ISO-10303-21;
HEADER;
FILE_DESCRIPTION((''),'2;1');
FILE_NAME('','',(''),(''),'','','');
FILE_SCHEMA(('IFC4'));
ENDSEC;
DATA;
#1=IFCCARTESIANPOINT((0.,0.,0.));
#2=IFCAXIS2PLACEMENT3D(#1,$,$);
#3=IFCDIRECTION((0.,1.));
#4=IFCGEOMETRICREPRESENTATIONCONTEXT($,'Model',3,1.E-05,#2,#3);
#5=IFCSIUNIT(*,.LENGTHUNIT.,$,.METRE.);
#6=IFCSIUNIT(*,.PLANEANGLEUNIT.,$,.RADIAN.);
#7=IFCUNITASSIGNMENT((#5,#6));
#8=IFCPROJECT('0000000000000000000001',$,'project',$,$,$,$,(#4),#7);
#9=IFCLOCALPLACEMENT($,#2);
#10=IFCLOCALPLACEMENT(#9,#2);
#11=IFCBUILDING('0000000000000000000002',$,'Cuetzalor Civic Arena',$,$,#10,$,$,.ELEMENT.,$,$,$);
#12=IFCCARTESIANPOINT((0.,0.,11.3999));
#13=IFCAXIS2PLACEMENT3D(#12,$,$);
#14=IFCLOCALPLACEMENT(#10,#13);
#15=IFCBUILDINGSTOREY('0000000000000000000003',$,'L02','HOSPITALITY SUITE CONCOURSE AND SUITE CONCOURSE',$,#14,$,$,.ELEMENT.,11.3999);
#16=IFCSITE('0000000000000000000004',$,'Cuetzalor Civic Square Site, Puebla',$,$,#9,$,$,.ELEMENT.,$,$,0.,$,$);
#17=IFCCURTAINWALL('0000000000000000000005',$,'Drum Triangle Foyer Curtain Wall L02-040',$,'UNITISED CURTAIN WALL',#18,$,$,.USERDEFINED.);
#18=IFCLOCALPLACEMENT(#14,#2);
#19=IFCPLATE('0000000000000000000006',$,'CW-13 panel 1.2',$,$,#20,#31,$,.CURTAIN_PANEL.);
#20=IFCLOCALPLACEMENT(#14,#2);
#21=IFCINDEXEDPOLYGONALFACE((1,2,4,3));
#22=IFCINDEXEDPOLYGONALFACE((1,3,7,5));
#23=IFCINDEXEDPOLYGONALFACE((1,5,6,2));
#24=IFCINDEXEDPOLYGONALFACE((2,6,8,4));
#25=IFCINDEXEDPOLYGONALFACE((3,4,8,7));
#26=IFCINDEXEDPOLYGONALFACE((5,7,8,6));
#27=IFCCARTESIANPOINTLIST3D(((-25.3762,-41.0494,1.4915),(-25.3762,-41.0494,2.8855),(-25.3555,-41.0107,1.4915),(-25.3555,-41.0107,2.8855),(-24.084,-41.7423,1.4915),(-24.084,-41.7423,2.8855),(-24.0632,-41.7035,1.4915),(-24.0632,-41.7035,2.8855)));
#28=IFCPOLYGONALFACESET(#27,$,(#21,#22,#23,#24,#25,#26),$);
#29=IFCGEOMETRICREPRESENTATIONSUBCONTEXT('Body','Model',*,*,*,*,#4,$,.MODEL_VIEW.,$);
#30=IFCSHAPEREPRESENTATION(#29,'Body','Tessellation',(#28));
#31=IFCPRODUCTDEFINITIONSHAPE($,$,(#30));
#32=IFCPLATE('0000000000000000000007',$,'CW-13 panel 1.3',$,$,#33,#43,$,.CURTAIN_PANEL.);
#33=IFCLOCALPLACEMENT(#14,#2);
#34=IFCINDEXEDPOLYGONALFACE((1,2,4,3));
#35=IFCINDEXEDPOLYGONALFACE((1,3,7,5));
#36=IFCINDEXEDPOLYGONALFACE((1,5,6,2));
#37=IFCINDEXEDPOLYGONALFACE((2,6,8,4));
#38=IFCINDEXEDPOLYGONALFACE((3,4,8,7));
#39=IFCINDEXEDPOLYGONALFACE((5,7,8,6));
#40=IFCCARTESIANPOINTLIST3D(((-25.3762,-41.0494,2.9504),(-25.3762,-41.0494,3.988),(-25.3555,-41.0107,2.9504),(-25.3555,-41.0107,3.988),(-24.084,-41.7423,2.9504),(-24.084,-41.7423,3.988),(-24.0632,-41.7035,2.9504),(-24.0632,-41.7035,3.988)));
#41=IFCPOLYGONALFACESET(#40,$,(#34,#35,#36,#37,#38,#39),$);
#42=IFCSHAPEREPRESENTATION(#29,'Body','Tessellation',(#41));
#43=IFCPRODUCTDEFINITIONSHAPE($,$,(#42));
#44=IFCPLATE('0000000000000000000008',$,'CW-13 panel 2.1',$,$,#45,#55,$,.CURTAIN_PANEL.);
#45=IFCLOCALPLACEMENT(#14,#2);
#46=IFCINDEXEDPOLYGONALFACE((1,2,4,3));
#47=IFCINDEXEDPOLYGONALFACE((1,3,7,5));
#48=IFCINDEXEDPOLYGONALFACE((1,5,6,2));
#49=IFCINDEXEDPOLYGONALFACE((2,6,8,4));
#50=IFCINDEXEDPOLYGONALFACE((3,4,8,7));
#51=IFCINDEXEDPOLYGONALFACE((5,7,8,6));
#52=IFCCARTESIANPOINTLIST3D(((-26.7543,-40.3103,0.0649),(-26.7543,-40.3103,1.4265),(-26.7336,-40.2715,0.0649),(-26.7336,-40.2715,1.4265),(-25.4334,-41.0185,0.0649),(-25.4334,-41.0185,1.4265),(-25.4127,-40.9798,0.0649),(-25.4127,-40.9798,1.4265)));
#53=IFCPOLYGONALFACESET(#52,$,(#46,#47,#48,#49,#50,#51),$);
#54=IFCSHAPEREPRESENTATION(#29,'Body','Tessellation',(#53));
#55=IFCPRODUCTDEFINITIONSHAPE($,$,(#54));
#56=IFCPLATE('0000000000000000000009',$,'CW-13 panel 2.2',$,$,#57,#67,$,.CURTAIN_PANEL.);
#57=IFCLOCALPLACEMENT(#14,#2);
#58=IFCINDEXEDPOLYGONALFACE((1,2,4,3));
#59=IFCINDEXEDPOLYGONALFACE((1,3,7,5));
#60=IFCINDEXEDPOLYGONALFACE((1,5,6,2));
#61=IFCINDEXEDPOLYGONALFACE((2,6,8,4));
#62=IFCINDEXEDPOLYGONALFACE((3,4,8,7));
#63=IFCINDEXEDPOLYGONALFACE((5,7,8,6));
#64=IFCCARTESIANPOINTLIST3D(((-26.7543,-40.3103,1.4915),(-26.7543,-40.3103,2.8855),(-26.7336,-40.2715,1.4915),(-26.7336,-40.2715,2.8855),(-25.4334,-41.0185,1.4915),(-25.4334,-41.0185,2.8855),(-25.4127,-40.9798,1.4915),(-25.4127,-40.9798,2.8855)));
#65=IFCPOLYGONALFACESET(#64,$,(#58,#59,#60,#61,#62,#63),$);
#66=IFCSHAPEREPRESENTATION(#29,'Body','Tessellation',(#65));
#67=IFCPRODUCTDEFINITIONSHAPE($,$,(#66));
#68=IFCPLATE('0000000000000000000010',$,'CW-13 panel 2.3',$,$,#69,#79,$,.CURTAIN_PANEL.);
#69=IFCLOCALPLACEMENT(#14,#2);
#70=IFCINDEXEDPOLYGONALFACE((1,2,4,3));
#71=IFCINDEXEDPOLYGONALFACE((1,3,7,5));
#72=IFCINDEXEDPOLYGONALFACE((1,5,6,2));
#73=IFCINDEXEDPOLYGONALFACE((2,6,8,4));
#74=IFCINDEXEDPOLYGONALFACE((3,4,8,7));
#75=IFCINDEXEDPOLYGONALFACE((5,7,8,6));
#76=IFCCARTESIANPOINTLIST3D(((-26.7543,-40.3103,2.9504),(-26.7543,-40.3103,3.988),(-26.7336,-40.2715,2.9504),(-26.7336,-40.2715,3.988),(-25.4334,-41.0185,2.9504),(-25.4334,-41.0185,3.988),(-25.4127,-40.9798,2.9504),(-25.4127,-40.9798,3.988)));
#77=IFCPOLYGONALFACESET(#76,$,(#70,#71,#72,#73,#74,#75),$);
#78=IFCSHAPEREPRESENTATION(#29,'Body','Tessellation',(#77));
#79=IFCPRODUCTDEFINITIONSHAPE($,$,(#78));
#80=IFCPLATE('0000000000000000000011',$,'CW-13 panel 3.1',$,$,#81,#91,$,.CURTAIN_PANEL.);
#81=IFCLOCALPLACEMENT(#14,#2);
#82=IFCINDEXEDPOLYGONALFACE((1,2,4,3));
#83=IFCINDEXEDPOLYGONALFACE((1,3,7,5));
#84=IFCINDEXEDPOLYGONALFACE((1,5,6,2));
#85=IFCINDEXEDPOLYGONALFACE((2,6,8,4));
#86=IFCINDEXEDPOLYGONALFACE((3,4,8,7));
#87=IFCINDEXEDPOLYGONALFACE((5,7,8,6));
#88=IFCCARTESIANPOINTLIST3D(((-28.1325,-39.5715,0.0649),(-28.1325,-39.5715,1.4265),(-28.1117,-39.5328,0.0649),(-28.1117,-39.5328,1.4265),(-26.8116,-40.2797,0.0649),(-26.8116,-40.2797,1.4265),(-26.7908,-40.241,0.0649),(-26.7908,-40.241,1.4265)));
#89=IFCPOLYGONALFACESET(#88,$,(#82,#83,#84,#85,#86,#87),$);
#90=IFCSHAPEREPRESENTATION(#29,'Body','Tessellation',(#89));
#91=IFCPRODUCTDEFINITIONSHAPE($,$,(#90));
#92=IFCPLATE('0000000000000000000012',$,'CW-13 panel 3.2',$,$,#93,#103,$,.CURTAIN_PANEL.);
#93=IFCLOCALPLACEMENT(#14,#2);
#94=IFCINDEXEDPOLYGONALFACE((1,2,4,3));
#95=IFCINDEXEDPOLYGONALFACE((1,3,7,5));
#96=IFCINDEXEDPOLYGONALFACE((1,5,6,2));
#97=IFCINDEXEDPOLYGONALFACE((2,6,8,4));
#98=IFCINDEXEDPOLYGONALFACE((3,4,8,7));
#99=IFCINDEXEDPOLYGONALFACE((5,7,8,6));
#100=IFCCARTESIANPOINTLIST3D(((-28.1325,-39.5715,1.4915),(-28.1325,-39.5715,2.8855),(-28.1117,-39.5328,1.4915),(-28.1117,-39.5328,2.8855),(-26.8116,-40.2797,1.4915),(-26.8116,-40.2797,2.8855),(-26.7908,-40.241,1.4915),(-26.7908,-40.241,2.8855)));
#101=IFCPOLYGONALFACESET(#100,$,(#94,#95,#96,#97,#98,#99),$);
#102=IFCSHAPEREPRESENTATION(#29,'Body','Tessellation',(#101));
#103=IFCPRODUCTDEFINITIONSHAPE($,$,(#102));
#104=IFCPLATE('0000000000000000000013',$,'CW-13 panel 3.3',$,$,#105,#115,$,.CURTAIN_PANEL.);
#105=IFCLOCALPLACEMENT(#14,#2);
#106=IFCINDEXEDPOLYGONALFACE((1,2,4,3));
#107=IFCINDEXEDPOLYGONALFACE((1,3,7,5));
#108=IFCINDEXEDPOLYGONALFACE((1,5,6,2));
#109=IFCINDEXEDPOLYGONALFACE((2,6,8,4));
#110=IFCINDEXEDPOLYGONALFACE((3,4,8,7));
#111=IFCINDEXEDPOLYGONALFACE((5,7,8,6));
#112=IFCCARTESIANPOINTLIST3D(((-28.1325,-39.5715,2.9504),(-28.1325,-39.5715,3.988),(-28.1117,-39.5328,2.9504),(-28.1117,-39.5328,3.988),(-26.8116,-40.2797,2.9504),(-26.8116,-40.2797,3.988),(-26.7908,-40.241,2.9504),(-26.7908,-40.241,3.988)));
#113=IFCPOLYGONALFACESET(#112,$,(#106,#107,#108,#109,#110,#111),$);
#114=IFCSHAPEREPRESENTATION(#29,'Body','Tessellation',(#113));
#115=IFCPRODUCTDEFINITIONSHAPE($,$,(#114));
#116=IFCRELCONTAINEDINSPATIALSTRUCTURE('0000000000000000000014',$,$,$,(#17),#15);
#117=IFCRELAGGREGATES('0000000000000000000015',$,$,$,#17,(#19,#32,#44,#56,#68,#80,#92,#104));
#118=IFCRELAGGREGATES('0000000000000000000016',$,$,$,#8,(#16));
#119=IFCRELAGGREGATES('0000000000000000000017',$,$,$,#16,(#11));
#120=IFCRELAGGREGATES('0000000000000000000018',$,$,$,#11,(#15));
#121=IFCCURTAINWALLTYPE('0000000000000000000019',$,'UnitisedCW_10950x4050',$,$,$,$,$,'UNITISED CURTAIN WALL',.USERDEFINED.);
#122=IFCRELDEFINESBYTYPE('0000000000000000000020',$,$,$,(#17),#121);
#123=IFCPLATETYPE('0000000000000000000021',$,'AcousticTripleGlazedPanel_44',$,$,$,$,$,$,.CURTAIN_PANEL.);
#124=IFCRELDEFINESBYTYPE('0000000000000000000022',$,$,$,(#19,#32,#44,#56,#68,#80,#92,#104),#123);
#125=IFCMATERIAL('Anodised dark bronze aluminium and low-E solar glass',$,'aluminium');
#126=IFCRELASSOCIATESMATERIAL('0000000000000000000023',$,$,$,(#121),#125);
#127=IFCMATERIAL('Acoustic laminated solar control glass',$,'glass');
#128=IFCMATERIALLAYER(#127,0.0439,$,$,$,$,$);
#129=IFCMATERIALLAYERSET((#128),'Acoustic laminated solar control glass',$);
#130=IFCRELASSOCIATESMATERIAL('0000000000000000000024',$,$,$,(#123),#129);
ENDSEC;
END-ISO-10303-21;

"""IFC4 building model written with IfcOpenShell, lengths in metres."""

from ifc_helpers import new_model, si_unit, direction, frame, origin, origin_2d, place, context, subcontext, project, spatial, rectangle, extrude, material, layer, layer_set, type_object, element, aggregate, save


model = new_model("IFC4")

# Units and contexts
model_context = context("Model", 3, precision=1e-05, world=origin(), true_north=direction((0.0, 1.0)))
body_context = subcontext(model_context, "Body", "Model", "MODEL_VIEW")
ifc_project = project(units=[si_unit("LENGTHUNIT", "METRE"), si_unit("PLANEANGLEUNIT", "RADIAN")], contexts=[model_context])

# Site, building, storey
site_placement = place(None, origin())
site = spatial("IfcSite", under=ifc_project, at=site_placement, Name="Cuetzalor Civic Square Site, Puebla", CompositionType="ELEMENT", RefElevation=0.0)
building_placement = place(site_placement, origin())
building = spatial("IfcBuilding", under=site, at=building_placement, Name="Cuetzalor Civic Arena", CompositionType="ELEMENT")
storey_placement = place(building_placement, frame((0.0, 0.0, 11.3999)))
storey = spatial("IfcBuildingStorey", under=building, at=storey_placement, Name="L02", Description="HOSPITALITY SUITE CONCOURSE AND SUITE CONCOURSE", CompositionType="ELEMENT", Elevation=11.3999)

# Curtain wall, plates
ifc_material_1 = material(Name="Anodised dark bronze aluminium and low-E solar glass", Category="aluminium")
curtain_wall_type = type_object("IfcCurtainWallType", Name="UnitisedCW_10950x4050", ElementType="UNITISED CURTAIN WALL", PredefinedType="USERDEFINED", material=ifc_material_1)
curtain_wall_placement = place(storey_placement, origin())
curtain_wall = element("IfcCurtainWall", 1, at=curtain_wall_placement, inside=storey, type_object=curtain_wall_type, Name="Drum Triangle Foyer Curtain Wall L02-040", ObjectType="UNITISED CURTAIN WALL", PredefinedType="USERDEFINED")
ifc_material_2 = material(Name="Acoustic laminated solar control glass", Category="glass")
ifc_layer = layer(ifc_material_2, 0.0439)
ifc_layer_set = layer_set([ifc_layer], Name="Acoustic laminated solar control glass")
plate_type = type_object("IfcPlateType", Name="AcousticTripleGlazedPanel_44", PredefinedType="CURTAIN_PANEL", material=ifc_layer_set)
plate_1_placement = place(storey_placement, frame((-24.7197, -41.3765, 1.4915), z_axis=(0.0, 0.0, 1.0), x_axis=(-0.881306, 0.472545, 0.0)))
plate_1 = element("IfcPlate", 2, at=plate_1_placement, type_object=plate_type, Name="CW-13 panel 1.2", PredefinedType="CURTAIN_PANEL", context=body_context, shape_type="SweptSolid", body=[
    extrude(rectangle(XDim=1.4663, YDim=0.0439, at=origin_2d()), origin(), (0.0, 0.0, 1.0), 1.394),
])
plate_2_placement = place(storey_placement, frame((-24.7197, -41.3765, 2.9504), z_axis=(0.0, 0.0, 1.0), x_axis=(-0.881306, 0.472545, 0.0)))
plate_2 = element("IfcPlate", 3, at=plate_2_placement, type_object=plate_type, Name="CW-13 panel 1.3", PredefinedType="CURTAIN_PANEL", context=body_context, shape_type="SweptSolid", body=[
    extrude(rectangle(XDim=1.4663, YDim=0.0439, at=origin_2d()), origin(), (0.0, 0.0, 1.0), 1.0376),
])
plate_3_placement = place(storey_placement, frame((-26.0835, -40.645, 0.0649), z_axis=(0.0, 0.0, 1.0), x_axis=(-0.881306, 0.472545, 0.0)))
plate_3 = element("IfcPlate", 4, at=plate_3_placement, type_object=plate_type, Name="CW-13 panel 2.1", PredefinedType="CURTAIN_PANEL", context=body_context, shape_type="SweptSolid", body=[
    extrude(rectangle(XDim=1.4988, YDim=0.0439, at=origin_2d()), origin(), (0.0, 0.0, 1.0), 1.3616),
])
plate_4_placement = place(storey_placement, frame((-26.0835, -40.645, 1.4915), z_axis=(0.0, 0.0, 1.0), x_axis=(-0.881306, 0.472545, 0.0)))
plate_4 = element("IfcPlate", 5, at=plate_4_placement, type_object=plate_type, Name="CW-13 panel 2.2", PredefinedType="CURTAIN_PANEL", context=body_context, shape_type="SweptSolid", body=[
    extrude(rectangle(XDim=1.4988, YDim=0.0439, at=origin_2d()), origin(), (0.0, 0.0, 1.0), 1.394),
])
plate_5_placement = place(storey_placement, frame((-26.0835, -40.645, 2.9504), z_axis=(0.0, 0.0, 1.0), x_axis=(-0.881306, 0.472545, 0.0)))
plate_5 = element("IfcPlate", 6, at=plate_5_placement, type_object=plate_type, Name="CW-13 panel 2.3", PredefinedType="CURTAIN_PANEL", context=body_context, shape_type="SweptSolid", body=[
    extrude(rectangle(XDim=1.4988, YDim=0.0439, at=origin_2d()), origin(), (0.0, 0.0, 1.0), 1.0376),
])
plate_6_placement = place(storey_placement, frame((-27.4617, -39.9062, 0.0649), z_axis=(0.0, 0.0, 1.0), x_axis=(-0.881306, 0.472545, 0.0)))
plate_6 = element("IfcPlate", 7, at=plate_6_placement, type_object=plate_type, Name="CW-13 panel 3.1", PredefinedType="CURTAIN_PANEL", context=body_context, shape_type="SweptSolid", body=[
    extrude(rectangle(XDim=1.4988, YDim=0.0439, at=origin_2d()), origin(), (0.0, 0.0, 1.0), 1.3616),
])
plate_7_placement = place(storey_placement, frame((-27.4617, -39.9062, 1.4915), z_axis=(0.0, 0.0, 1.0), x_axis=(-0.881306, 0.472545, 0.0)))
plate_7 = element("IfcPlate", 8, at=plate_7_placement, type_object=plate_type, Name="CW-13 panel 3.2", PredefinedType="CURTAIN_PANEL", context=body_context, shape_type="SweptSolid", body=[
    extrude(rectangle(XDim=1.4988, YDim=0.0439, at=origin_2d()), origin(), (0.0, 0.0, 1.0), 1.394),
])
plate_8_placement = place(storey_placement, frame((-27.4617, -39.9062, 2.9504), z_axis=(0.0, 0.0, 1.0), x_axis=(-0.881306, 0.472545, 0.0)))
plate_8 = element("IfcPlate", 9, at=plate_8_placement, type_object=plate_type, Name="CW-13 panel 3.3", PredefinedType="CURTAIN_PANEL", context=body_context, shape_type="SweptSolid", body=[
    extrude(rectangle(XDim=1.4988, YDim=0.0439, at=origin_2d()), origin(), (0.0, 0.0, 1.0), 1.0376),
])
aggregate(curtain_wall, [plate_1, plate_2, plate_3, plate_4, plate_5, plate_6, plate_7, plate_8])

save(model, "model.ifc")
